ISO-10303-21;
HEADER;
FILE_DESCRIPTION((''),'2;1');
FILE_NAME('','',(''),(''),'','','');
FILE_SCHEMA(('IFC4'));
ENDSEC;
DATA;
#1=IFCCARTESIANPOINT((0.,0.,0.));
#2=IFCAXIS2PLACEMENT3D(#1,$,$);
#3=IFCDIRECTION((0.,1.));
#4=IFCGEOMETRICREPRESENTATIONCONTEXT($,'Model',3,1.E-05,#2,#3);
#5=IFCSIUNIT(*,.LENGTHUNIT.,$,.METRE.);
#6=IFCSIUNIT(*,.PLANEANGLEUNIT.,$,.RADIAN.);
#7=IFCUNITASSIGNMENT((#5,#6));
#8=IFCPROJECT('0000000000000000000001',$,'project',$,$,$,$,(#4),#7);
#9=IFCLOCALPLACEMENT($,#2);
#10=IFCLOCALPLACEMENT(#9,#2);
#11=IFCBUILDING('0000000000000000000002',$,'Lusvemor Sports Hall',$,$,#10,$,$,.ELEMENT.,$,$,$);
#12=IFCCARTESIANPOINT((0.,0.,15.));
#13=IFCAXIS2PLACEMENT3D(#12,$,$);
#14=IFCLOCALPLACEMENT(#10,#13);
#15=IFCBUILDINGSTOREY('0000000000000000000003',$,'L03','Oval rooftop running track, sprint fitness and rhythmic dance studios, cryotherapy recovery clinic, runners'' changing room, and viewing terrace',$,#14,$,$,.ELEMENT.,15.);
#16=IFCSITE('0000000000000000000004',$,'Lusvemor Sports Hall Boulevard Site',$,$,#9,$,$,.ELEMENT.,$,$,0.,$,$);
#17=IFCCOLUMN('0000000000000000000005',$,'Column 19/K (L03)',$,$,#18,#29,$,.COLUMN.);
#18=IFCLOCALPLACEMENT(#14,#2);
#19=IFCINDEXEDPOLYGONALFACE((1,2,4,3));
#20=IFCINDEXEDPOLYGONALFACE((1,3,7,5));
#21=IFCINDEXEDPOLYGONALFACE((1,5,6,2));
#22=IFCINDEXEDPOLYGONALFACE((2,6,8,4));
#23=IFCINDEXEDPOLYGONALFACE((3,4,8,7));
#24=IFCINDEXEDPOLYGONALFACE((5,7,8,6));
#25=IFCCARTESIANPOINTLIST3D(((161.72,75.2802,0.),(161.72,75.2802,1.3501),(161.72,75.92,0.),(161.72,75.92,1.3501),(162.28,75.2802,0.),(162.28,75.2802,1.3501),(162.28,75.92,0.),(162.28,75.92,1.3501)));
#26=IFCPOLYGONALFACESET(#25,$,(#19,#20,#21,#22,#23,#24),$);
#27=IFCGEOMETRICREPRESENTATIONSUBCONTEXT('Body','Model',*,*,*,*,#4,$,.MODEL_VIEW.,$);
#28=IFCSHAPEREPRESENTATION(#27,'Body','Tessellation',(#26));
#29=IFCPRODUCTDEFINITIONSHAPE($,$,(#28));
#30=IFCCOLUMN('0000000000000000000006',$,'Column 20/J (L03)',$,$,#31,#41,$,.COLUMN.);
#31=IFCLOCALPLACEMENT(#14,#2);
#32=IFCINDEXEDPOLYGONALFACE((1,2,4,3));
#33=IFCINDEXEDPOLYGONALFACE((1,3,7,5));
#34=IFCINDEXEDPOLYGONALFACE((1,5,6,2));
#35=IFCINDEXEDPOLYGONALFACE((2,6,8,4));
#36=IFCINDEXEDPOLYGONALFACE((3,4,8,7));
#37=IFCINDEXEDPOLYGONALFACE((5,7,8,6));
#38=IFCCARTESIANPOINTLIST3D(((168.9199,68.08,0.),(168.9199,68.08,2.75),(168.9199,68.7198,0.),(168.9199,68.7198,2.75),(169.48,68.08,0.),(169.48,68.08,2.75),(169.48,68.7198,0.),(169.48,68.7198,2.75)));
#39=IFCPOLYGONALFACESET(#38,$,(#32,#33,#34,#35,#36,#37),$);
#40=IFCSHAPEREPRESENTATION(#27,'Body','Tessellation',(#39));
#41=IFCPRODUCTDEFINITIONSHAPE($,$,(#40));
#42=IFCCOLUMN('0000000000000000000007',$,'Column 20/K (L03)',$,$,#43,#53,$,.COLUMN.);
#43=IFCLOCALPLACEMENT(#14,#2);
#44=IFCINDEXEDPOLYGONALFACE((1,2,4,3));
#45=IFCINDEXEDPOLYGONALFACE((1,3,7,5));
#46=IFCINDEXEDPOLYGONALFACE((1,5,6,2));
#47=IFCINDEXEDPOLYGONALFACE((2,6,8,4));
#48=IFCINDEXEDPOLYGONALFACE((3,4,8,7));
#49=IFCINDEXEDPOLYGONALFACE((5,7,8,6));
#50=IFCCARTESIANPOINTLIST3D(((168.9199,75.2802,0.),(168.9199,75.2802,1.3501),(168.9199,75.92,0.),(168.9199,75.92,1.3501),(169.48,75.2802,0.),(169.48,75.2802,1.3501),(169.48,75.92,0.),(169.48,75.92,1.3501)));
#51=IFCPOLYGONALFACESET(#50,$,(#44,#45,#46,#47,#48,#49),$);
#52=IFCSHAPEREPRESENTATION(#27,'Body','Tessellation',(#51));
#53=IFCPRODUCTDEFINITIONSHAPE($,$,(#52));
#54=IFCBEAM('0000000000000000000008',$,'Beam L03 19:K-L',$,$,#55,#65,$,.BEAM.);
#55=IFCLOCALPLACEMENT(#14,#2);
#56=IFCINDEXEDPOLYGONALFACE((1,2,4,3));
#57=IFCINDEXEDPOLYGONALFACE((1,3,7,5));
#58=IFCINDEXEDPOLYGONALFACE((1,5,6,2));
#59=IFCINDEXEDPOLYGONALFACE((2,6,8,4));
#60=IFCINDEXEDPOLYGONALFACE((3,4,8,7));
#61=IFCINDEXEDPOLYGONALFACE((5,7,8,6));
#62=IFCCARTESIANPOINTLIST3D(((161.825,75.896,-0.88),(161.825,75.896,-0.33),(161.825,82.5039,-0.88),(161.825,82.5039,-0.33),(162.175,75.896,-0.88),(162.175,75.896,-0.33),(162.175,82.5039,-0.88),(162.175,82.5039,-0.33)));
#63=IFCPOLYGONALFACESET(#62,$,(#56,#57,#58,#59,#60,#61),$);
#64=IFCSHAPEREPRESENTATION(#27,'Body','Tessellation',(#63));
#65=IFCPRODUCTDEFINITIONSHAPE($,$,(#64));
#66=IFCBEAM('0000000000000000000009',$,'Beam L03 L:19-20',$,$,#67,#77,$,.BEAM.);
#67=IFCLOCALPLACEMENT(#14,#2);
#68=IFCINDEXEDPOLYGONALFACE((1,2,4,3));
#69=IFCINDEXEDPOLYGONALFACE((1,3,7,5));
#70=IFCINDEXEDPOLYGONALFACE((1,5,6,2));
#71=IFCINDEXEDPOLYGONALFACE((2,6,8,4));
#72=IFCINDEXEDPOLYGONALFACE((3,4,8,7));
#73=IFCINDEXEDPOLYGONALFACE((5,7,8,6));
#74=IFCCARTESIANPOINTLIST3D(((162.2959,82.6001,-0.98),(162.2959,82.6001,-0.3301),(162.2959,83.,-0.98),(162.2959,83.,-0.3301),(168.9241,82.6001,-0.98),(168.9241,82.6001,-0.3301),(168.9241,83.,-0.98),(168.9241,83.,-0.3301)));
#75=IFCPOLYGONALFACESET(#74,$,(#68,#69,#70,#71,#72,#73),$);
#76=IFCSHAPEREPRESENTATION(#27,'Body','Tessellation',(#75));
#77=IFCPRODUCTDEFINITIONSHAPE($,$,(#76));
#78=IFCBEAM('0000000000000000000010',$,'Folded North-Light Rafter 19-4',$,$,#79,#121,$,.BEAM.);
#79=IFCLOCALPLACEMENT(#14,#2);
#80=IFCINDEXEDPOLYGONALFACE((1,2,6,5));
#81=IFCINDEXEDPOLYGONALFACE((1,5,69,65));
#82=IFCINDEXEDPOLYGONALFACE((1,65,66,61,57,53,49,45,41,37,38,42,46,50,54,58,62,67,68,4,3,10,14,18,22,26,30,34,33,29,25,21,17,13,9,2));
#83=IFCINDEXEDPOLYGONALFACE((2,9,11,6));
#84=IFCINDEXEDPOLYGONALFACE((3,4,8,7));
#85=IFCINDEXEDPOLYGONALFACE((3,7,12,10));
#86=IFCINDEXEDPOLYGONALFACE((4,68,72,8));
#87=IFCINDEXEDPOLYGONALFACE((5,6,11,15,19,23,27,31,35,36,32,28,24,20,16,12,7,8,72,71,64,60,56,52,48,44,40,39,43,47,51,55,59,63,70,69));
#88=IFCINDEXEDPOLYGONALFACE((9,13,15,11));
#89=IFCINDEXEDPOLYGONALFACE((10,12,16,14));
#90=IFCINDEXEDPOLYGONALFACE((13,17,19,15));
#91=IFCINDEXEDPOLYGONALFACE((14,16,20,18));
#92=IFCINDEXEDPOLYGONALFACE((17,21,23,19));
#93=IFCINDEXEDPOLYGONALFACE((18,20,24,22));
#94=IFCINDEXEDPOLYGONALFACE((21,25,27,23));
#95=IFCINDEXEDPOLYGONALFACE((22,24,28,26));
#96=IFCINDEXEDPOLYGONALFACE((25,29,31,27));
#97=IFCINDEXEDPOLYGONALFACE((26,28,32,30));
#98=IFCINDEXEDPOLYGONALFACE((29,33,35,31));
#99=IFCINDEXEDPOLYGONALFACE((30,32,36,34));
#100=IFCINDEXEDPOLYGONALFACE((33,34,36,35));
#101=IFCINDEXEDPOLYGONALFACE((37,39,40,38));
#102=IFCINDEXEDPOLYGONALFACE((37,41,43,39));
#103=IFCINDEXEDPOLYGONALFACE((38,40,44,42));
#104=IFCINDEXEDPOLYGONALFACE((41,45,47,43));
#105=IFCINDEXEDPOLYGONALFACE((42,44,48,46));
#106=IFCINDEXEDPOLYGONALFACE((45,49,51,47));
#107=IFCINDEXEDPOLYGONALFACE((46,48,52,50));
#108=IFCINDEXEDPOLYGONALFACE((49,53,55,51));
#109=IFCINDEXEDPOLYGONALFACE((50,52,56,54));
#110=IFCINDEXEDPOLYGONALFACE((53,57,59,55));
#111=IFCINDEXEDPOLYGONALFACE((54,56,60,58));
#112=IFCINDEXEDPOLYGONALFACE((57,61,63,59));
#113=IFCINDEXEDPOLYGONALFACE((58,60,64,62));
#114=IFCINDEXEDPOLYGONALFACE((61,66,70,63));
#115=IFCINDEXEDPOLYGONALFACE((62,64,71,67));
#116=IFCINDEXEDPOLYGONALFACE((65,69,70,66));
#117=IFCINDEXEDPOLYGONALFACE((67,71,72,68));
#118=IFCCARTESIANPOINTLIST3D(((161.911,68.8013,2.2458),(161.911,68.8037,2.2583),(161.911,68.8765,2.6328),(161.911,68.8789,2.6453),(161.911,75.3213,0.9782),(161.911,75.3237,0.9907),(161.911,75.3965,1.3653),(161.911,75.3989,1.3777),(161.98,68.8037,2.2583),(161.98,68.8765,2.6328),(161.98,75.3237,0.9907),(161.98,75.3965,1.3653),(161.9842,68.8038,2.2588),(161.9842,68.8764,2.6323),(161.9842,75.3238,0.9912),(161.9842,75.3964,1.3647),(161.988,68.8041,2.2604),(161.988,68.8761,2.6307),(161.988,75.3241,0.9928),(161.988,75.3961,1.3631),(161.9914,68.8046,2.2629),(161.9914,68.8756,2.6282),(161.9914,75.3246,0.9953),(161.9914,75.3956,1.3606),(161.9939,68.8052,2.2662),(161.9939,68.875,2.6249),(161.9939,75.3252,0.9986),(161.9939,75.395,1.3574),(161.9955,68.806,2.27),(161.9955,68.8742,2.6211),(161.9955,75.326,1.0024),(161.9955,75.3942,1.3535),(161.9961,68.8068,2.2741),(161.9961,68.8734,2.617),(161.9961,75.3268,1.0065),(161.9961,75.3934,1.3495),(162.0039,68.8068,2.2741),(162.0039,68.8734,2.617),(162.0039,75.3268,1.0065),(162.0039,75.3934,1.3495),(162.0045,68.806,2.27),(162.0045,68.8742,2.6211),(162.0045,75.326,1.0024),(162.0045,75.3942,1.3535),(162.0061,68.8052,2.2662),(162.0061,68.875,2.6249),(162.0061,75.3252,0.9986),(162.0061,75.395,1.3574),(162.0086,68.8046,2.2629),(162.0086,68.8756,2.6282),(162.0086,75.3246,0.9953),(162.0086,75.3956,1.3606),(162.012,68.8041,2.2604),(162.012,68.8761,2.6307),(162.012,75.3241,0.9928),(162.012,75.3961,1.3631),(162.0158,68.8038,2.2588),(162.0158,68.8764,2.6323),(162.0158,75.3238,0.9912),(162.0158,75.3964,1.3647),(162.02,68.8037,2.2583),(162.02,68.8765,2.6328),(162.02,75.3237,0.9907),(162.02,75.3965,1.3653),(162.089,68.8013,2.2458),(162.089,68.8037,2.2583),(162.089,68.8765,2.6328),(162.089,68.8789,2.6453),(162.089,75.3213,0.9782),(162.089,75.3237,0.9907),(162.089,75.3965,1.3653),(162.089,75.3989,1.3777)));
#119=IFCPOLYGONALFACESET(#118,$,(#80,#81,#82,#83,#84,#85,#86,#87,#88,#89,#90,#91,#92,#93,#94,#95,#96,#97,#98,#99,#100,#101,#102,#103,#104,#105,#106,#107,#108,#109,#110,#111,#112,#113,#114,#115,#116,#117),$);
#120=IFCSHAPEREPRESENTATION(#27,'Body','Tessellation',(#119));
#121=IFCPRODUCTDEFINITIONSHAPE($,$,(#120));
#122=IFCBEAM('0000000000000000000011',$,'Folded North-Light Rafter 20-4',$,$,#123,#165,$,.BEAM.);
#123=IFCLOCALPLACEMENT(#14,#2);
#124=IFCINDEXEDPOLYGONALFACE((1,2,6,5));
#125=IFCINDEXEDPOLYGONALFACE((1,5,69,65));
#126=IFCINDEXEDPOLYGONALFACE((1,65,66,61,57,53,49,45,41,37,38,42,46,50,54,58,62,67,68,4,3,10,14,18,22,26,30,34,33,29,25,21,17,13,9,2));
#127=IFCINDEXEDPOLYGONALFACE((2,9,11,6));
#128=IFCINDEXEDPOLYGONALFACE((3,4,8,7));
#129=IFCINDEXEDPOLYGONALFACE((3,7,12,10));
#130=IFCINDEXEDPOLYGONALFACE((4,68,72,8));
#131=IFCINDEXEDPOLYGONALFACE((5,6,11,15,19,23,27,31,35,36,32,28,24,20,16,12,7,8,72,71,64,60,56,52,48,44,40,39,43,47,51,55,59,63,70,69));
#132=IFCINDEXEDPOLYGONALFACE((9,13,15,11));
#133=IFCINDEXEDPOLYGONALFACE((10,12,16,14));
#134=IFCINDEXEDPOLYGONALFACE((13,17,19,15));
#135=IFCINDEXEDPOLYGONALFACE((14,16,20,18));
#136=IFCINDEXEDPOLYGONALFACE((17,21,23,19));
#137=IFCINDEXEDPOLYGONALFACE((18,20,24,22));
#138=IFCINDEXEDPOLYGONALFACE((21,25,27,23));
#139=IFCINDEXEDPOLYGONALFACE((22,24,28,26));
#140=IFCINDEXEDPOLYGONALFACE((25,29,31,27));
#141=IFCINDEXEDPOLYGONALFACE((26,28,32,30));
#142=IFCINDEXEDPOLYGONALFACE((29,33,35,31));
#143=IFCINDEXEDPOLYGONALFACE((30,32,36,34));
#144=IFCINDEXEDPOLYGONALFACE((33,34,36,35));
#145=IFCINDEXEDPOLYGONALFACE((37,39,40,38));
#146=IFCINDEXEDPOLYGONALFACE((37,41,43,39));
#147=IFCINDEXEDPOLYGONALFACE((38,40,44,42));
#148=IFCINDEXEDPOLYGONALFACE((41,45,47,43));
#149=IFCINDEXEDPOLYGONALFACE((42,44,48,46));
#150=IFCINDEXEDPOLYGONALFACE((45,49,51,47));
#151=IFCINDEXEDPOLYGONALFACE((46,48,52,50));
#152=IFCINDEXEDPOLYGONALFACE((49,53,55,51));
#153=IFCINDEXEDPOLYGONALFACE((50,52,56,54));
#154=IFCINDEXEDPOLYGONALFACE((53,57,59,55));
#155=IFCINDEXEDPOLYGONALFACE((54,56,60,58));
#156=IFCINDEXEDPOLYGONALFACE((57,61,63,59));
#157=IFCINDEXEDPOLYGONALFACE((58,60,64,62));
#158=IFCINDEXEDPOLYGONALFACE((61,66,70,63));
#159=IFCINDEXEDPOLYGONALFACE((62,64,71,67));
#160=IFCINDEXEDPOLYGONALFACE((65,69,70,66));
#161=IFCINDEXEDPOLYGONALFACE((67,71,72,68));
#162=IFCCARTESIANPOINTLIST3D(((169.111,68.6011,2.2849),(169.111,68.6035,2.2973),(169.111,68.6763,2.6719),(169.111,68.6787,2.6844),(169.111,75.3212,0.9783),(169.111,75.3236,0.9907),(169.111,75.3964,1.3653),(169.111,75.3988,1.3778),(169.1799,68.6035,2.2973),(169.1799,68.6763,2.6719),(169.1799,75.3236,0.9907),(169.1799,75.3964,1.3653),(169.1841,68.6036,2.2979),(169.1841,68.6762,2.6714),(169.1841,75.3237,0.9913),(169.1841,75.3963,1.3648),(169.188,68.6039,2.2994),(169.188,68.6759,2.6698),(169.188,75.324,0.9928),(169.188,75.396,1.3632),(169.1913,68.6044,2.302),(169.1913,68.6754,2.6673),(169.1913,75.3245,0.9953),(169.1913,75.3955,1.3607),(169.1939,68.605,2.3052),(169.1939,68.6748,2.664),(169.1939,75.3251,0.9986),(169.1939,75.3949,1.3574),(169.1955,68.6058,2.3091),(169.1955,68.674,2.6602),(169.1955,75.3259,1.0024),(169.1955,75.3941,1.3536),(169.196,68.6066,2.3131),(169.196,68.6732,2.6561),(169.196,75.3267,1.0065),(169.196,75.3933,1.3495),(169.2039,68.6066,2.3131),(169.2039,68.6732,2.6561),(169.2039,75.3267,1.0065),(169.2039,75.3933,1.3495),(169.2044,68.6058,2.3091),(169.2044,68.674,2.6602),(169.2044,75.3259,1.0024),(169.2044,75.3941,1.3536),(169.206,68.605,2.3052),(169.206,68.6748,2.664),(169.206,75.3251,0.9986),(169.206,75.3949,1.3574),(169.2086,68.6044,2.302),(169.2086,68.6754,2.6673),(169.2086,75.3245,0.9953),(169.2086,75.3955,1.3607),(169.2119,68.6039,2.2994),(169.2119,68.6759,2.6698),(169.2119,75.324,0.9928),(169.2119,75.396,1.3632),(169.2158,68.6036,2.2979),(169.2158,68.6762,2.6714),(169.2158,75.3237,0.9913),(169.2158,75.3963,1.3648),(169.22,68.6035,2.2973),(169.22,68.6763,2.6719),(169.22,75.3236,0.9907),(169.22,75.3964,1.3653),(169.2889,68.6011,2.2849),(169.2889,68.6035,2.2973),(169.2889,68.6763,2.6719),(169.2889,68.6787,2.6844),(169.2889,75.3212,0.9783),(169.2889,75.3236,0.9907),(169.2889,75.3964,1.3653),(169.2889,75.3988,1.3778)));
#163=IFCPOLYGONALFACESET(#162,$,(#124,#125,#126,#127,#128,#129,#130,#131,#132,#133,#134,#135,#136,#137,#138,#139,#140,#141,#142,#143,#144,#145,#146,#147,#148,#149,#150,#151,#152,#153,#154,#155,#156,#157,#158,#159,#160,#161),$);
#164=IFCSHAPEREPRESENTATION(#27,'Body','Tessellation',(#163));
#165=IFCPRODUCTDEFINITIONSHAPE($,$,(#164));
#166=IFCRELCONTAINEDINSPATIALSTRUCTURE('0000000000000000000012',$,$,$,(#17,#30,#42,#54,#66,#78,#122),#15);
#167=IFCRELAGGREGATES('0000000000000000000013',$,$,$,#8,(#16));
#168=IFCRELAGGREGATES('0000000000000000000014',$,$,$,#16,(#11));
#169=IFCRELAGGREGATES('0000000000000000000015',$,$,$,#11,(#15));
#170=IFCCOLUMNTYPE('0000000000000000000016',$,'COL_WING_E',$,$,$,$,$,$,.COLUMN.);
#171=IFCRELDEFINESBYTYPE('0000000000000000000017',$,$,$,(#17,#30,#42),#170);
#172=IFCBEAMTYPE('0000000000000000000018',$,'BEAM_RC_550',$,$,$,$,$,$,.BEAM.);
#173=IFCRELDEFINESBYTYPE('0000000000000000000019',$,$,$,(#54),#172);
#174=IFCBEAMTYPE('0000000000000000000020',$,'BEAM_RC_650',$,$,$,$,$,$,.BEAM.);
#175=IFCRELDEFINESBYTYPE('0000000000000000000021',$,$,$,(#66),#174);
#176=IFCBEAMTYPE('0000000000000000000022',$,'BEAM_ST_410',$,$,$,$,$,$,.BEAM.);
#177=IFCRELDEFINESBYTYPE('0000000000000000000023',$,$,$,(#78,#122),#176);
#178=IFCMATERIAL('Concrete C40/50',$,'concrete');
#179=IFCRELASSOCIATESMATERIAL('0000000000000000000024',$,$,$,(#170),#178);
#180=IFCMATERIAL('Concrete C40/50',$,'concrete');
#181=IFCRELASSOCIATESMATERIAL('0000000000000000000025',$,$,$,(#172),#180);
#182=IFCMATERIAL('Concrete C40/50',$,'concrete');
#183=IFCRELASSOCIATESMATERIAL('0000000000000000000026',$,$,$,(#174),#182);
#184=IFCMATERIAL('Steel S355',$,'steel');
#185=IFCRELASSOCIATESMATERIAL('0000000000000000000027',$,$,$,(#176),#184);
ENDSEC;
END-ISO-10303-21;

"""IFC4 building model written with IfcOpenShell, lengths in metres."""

from ifc_helpers import new_model, si_unit, direction, frame, origin, origin_2d, place, context, subcontext, project, spatial, rectangle, i_section, extrude, material, material_profile, profile_set, type_object, element, save


model = new_model("IFC4")

# Units and contexts
model_context = context("Model", 3, precision=1e-05, world=origin(), true_north=direction((0.0, 1.0)))
body_context = subcontext(model_context, "Body", "Model", "MODEL_VIEW")
ifc_project = project(units=[si_unit("LENGTHUNIT", "METRE"), si_unit("PLANEANGLEUNIT", "RADIAN")], contexts=[model_context])

# Site, building, storey
site_placement = place(None, origin())
site = spatial("IfcSite", under=ifc_project, at=site_placement, Name="Lusvemor Sports Hall Boulevard Site", CompositionType="ELEMENT", RefElevation=0.0)
building_placement = place(site_placement, origin())
building = spatial("IfcBuilding", under=site, at=building_placement, Name="Lusvemor Sports Hall", CompositionType="ELEMENT")
storey_placement = place(building_placement, frame((0.0, 0.0, 15.0)))
storey = spatial("IfcBuildingStorey", under=building, at=storey_placement, Name="L03", Description="Oval rooftop running track, sprint fitness and rhythmic dance studios, cryotherapy recovery clinic, runners' changing room, and viewing terrace", CompositionType="ELEMENT", Elevation=15.0)

# Columns
ifc_material_1 = material(Name="Concrete C40/50", Category="concrete")
ifc_material_profile_1 = material_profile(ifc_material_1, rectangle(XDim=0.5601, YDim=0.6399, at=origin_2d()), Name="RC560x640")
ifc_profile_set_1 = profile_set([ifc_material_profile_1], Name="Concrete C40/50")
column_type = type_object("IfcColumnType", Name="COL_WING_E", PredefinedType="COLUMN", material=ifc_profile_set_1)
column_1_placement = place(storey_placement, frame((162.0, 75.6001, 0.0), z_axis=(0.0, 0.0, 1.0), x_axis=(1.0, 0.0, 0.0)))
element("IfcColumn", 1, at=column_1_placement, inside=storey, type_object=column_type, Name="Column 19/K (L03)", PredefinedType="COLUMN", context=body_context, shape_type="SweptSolid", body=[
    extrude(rectangle(XDim=0.5601, YDim=0.6399, at=origin_2d()), origin(), (0.0, 0.0, 1.0), 1.3501),
])
column_2_placement = place(storey_placement, frame((169.2, 68.3999, 0.0), z_axis=(0.0, 0.0, 1.0), x_axis=(1.0, 0.0, 0.0)))
element("IfcColumn", 2, at=column_2_placement, inside=storey, type_object=column_type, Name="Column 20/J (L03)", PredefinedType="COLUMN", context=body_context, shape_type="SweptSolid", body=[
    extrude(rectangle(XDim=0.5601, YDim=0.6399, at=origin_2d()), origin(), (0.0, 0.0, 1.0), 2.75),
])
column_3_placement = place(storey_placement, frame((169.2, 75.6001, 0.0), z_axis=(0.0, 0.0, 1.0), x_axis=(1.0, 0.0, 0.0)))
element("IfcColumn", 3, at=column_3_placement, inside=storey, type_object=column_type, Name="Column 20/K (L03)", PredefinedType="COLUMN", context=body_context, shape_type="SweptSolid", body=[
    extrude(rectangle(XDim=0.5601, YDim=0.6399, at=origin_2d()), origin(), (0.0, 0.0, 1.0), 1.3501),
])

# Beams
ifc_material_2 = material(Name="Concrete C40/50", Category="concrete")
ifc_material_profile_2 = material_profile(ifc_material_2, rectangle(XDim=0.3501, YDim=0.55, at=origin_2d()), Name="RC350x550")
ifc_profile_set_2 = profile_set([ifc_material_profile_2], Name="Concrete C40/50")
beam_type_1 = type_object("IfcBeamType", Name="BEAM_RC_550", PredefinedType="BEAM", material=ifc_profile_set_2)
beam_1_placement = place(storey_placement, frame((162.0, 75.896, -0.605), z_axis=(0.0, 1.0, 0.0), x_axis=(-1.0, 0.0, 0.0)))
element("IfcBeam", 4, at=beam_1_placement, inside=storey, type_object=beam_type_1, Name="Beam L03 19:K-L", PredefinedType="BEAM", context=body_context, shape_type="SweptSolid", body=[
    extrude(rectangle(XDim=0.3501, YDim=0.55, at=origin_2d()), origin(), (0.0, 0.0, 1.0), 6.6079),
])
ifc_material_3 = material(Name="Concrete C40/50", Category="concrete")
ifc_material_profile_3 = material_profile(ifc_material_3, rectangle(XDim=0.3999, YDim=0.6499, at=origin_2d()), Name="RC400x650")
ifc_profile_set_3 = profile_set([ifc_material_profile_3], Name="Concrete C40/50")
beam_type_2 = type_object("IfcBeamType", Name="BEAM_RC_650", PredefinedType="BEAM", material=ifc_profile_set_3)
beam_2_placement = place(storey_placement, frame((162.2959, 82.8, -0.655), z_axis=(1.0, 0.0, 0.0), x_axis=(0.0, 1.0, 0.0)))
element("IfcBeam", 5, at=beam_2_placement, inside=storey, type_object=beam_type_2, Name="Beam L03 L:19-20", PredefinedType="BEAM", context=body_context, shape_type="SweptSolid", body=[
    extrude(rectangle(XDim=0.3999, YDim=0.6499, at=origin_2d()), origin(), (0.0, 0.0, 1.0), 6.6282),
])
ifc_material_4 = material(Name="Steel S355", Category="steel")
ifc_material_profile_4 = material_profile(ifc_material_4, i_section(OverallWidth=0.178, OverallDepth=0.407, WebThickness=0.0078, FlangeThickness=0.0127, FilletRadius=0.0161, at=origin_2d()), Name="W410x60.0")
ifc_profile_set_4 = profile_set([ifc_material_profile_4], Name="Steel S355")
beam_type_3 = type_object("IfcBeamType", Name="BEAM_ST_410", PredefinedType="BEAM", material=ifc_profile_set_4)
beam_3_placement = place(storey_placement, frame((162.0, 68.8401, 2.4456), z_axis=(0.0, 0.981621, -0.19084), x_axis=(-1.0, 0.0, 0.0)))
element("IfcBeam", 6, at=beam_3_placement, inside=storey, type_object=beam_type_3, Name="Folded North-Light Rafter 19-4", PredefinedType="BEAM", context=body_context, shape_type="SweptSolid", body=[
    extrude(i_section(OverallWidth=0.178, OverallDepth=0.407, WebThickness=0.0078, FlangeThickness=0.0127, FilletRadius=0.0161, at=origin_2d()), origin(), (0.0, 0.0, 1.0), 6.6421),
])
beam_4_placement = place(storey_placement, frame((169.2, 68.6399, 2.4846), z_axis=(0.0, 0.981617, -0.19086), x_axis=(-1.0, 0.0, 0.0)))
element("IfcBeam", 7, at=beam_4_placement, inside=storey, type_object=beam_type_3, Name="Folded North-Light Rafter 20-4", PredefinedType="BEAM", context=body_context, shape_type="SweptSolid", body=[
    extrude(i_section(OverallWidth=0.178, OverallDepth=0.407, WebThickness=0.0078, FlangeThickness=0.0127, FilletRadius=0.0161, at=origin_2d()), origin(), (0.0, 0.0, 1.0), 6.8459),
])

save(model, "model.ifc")
